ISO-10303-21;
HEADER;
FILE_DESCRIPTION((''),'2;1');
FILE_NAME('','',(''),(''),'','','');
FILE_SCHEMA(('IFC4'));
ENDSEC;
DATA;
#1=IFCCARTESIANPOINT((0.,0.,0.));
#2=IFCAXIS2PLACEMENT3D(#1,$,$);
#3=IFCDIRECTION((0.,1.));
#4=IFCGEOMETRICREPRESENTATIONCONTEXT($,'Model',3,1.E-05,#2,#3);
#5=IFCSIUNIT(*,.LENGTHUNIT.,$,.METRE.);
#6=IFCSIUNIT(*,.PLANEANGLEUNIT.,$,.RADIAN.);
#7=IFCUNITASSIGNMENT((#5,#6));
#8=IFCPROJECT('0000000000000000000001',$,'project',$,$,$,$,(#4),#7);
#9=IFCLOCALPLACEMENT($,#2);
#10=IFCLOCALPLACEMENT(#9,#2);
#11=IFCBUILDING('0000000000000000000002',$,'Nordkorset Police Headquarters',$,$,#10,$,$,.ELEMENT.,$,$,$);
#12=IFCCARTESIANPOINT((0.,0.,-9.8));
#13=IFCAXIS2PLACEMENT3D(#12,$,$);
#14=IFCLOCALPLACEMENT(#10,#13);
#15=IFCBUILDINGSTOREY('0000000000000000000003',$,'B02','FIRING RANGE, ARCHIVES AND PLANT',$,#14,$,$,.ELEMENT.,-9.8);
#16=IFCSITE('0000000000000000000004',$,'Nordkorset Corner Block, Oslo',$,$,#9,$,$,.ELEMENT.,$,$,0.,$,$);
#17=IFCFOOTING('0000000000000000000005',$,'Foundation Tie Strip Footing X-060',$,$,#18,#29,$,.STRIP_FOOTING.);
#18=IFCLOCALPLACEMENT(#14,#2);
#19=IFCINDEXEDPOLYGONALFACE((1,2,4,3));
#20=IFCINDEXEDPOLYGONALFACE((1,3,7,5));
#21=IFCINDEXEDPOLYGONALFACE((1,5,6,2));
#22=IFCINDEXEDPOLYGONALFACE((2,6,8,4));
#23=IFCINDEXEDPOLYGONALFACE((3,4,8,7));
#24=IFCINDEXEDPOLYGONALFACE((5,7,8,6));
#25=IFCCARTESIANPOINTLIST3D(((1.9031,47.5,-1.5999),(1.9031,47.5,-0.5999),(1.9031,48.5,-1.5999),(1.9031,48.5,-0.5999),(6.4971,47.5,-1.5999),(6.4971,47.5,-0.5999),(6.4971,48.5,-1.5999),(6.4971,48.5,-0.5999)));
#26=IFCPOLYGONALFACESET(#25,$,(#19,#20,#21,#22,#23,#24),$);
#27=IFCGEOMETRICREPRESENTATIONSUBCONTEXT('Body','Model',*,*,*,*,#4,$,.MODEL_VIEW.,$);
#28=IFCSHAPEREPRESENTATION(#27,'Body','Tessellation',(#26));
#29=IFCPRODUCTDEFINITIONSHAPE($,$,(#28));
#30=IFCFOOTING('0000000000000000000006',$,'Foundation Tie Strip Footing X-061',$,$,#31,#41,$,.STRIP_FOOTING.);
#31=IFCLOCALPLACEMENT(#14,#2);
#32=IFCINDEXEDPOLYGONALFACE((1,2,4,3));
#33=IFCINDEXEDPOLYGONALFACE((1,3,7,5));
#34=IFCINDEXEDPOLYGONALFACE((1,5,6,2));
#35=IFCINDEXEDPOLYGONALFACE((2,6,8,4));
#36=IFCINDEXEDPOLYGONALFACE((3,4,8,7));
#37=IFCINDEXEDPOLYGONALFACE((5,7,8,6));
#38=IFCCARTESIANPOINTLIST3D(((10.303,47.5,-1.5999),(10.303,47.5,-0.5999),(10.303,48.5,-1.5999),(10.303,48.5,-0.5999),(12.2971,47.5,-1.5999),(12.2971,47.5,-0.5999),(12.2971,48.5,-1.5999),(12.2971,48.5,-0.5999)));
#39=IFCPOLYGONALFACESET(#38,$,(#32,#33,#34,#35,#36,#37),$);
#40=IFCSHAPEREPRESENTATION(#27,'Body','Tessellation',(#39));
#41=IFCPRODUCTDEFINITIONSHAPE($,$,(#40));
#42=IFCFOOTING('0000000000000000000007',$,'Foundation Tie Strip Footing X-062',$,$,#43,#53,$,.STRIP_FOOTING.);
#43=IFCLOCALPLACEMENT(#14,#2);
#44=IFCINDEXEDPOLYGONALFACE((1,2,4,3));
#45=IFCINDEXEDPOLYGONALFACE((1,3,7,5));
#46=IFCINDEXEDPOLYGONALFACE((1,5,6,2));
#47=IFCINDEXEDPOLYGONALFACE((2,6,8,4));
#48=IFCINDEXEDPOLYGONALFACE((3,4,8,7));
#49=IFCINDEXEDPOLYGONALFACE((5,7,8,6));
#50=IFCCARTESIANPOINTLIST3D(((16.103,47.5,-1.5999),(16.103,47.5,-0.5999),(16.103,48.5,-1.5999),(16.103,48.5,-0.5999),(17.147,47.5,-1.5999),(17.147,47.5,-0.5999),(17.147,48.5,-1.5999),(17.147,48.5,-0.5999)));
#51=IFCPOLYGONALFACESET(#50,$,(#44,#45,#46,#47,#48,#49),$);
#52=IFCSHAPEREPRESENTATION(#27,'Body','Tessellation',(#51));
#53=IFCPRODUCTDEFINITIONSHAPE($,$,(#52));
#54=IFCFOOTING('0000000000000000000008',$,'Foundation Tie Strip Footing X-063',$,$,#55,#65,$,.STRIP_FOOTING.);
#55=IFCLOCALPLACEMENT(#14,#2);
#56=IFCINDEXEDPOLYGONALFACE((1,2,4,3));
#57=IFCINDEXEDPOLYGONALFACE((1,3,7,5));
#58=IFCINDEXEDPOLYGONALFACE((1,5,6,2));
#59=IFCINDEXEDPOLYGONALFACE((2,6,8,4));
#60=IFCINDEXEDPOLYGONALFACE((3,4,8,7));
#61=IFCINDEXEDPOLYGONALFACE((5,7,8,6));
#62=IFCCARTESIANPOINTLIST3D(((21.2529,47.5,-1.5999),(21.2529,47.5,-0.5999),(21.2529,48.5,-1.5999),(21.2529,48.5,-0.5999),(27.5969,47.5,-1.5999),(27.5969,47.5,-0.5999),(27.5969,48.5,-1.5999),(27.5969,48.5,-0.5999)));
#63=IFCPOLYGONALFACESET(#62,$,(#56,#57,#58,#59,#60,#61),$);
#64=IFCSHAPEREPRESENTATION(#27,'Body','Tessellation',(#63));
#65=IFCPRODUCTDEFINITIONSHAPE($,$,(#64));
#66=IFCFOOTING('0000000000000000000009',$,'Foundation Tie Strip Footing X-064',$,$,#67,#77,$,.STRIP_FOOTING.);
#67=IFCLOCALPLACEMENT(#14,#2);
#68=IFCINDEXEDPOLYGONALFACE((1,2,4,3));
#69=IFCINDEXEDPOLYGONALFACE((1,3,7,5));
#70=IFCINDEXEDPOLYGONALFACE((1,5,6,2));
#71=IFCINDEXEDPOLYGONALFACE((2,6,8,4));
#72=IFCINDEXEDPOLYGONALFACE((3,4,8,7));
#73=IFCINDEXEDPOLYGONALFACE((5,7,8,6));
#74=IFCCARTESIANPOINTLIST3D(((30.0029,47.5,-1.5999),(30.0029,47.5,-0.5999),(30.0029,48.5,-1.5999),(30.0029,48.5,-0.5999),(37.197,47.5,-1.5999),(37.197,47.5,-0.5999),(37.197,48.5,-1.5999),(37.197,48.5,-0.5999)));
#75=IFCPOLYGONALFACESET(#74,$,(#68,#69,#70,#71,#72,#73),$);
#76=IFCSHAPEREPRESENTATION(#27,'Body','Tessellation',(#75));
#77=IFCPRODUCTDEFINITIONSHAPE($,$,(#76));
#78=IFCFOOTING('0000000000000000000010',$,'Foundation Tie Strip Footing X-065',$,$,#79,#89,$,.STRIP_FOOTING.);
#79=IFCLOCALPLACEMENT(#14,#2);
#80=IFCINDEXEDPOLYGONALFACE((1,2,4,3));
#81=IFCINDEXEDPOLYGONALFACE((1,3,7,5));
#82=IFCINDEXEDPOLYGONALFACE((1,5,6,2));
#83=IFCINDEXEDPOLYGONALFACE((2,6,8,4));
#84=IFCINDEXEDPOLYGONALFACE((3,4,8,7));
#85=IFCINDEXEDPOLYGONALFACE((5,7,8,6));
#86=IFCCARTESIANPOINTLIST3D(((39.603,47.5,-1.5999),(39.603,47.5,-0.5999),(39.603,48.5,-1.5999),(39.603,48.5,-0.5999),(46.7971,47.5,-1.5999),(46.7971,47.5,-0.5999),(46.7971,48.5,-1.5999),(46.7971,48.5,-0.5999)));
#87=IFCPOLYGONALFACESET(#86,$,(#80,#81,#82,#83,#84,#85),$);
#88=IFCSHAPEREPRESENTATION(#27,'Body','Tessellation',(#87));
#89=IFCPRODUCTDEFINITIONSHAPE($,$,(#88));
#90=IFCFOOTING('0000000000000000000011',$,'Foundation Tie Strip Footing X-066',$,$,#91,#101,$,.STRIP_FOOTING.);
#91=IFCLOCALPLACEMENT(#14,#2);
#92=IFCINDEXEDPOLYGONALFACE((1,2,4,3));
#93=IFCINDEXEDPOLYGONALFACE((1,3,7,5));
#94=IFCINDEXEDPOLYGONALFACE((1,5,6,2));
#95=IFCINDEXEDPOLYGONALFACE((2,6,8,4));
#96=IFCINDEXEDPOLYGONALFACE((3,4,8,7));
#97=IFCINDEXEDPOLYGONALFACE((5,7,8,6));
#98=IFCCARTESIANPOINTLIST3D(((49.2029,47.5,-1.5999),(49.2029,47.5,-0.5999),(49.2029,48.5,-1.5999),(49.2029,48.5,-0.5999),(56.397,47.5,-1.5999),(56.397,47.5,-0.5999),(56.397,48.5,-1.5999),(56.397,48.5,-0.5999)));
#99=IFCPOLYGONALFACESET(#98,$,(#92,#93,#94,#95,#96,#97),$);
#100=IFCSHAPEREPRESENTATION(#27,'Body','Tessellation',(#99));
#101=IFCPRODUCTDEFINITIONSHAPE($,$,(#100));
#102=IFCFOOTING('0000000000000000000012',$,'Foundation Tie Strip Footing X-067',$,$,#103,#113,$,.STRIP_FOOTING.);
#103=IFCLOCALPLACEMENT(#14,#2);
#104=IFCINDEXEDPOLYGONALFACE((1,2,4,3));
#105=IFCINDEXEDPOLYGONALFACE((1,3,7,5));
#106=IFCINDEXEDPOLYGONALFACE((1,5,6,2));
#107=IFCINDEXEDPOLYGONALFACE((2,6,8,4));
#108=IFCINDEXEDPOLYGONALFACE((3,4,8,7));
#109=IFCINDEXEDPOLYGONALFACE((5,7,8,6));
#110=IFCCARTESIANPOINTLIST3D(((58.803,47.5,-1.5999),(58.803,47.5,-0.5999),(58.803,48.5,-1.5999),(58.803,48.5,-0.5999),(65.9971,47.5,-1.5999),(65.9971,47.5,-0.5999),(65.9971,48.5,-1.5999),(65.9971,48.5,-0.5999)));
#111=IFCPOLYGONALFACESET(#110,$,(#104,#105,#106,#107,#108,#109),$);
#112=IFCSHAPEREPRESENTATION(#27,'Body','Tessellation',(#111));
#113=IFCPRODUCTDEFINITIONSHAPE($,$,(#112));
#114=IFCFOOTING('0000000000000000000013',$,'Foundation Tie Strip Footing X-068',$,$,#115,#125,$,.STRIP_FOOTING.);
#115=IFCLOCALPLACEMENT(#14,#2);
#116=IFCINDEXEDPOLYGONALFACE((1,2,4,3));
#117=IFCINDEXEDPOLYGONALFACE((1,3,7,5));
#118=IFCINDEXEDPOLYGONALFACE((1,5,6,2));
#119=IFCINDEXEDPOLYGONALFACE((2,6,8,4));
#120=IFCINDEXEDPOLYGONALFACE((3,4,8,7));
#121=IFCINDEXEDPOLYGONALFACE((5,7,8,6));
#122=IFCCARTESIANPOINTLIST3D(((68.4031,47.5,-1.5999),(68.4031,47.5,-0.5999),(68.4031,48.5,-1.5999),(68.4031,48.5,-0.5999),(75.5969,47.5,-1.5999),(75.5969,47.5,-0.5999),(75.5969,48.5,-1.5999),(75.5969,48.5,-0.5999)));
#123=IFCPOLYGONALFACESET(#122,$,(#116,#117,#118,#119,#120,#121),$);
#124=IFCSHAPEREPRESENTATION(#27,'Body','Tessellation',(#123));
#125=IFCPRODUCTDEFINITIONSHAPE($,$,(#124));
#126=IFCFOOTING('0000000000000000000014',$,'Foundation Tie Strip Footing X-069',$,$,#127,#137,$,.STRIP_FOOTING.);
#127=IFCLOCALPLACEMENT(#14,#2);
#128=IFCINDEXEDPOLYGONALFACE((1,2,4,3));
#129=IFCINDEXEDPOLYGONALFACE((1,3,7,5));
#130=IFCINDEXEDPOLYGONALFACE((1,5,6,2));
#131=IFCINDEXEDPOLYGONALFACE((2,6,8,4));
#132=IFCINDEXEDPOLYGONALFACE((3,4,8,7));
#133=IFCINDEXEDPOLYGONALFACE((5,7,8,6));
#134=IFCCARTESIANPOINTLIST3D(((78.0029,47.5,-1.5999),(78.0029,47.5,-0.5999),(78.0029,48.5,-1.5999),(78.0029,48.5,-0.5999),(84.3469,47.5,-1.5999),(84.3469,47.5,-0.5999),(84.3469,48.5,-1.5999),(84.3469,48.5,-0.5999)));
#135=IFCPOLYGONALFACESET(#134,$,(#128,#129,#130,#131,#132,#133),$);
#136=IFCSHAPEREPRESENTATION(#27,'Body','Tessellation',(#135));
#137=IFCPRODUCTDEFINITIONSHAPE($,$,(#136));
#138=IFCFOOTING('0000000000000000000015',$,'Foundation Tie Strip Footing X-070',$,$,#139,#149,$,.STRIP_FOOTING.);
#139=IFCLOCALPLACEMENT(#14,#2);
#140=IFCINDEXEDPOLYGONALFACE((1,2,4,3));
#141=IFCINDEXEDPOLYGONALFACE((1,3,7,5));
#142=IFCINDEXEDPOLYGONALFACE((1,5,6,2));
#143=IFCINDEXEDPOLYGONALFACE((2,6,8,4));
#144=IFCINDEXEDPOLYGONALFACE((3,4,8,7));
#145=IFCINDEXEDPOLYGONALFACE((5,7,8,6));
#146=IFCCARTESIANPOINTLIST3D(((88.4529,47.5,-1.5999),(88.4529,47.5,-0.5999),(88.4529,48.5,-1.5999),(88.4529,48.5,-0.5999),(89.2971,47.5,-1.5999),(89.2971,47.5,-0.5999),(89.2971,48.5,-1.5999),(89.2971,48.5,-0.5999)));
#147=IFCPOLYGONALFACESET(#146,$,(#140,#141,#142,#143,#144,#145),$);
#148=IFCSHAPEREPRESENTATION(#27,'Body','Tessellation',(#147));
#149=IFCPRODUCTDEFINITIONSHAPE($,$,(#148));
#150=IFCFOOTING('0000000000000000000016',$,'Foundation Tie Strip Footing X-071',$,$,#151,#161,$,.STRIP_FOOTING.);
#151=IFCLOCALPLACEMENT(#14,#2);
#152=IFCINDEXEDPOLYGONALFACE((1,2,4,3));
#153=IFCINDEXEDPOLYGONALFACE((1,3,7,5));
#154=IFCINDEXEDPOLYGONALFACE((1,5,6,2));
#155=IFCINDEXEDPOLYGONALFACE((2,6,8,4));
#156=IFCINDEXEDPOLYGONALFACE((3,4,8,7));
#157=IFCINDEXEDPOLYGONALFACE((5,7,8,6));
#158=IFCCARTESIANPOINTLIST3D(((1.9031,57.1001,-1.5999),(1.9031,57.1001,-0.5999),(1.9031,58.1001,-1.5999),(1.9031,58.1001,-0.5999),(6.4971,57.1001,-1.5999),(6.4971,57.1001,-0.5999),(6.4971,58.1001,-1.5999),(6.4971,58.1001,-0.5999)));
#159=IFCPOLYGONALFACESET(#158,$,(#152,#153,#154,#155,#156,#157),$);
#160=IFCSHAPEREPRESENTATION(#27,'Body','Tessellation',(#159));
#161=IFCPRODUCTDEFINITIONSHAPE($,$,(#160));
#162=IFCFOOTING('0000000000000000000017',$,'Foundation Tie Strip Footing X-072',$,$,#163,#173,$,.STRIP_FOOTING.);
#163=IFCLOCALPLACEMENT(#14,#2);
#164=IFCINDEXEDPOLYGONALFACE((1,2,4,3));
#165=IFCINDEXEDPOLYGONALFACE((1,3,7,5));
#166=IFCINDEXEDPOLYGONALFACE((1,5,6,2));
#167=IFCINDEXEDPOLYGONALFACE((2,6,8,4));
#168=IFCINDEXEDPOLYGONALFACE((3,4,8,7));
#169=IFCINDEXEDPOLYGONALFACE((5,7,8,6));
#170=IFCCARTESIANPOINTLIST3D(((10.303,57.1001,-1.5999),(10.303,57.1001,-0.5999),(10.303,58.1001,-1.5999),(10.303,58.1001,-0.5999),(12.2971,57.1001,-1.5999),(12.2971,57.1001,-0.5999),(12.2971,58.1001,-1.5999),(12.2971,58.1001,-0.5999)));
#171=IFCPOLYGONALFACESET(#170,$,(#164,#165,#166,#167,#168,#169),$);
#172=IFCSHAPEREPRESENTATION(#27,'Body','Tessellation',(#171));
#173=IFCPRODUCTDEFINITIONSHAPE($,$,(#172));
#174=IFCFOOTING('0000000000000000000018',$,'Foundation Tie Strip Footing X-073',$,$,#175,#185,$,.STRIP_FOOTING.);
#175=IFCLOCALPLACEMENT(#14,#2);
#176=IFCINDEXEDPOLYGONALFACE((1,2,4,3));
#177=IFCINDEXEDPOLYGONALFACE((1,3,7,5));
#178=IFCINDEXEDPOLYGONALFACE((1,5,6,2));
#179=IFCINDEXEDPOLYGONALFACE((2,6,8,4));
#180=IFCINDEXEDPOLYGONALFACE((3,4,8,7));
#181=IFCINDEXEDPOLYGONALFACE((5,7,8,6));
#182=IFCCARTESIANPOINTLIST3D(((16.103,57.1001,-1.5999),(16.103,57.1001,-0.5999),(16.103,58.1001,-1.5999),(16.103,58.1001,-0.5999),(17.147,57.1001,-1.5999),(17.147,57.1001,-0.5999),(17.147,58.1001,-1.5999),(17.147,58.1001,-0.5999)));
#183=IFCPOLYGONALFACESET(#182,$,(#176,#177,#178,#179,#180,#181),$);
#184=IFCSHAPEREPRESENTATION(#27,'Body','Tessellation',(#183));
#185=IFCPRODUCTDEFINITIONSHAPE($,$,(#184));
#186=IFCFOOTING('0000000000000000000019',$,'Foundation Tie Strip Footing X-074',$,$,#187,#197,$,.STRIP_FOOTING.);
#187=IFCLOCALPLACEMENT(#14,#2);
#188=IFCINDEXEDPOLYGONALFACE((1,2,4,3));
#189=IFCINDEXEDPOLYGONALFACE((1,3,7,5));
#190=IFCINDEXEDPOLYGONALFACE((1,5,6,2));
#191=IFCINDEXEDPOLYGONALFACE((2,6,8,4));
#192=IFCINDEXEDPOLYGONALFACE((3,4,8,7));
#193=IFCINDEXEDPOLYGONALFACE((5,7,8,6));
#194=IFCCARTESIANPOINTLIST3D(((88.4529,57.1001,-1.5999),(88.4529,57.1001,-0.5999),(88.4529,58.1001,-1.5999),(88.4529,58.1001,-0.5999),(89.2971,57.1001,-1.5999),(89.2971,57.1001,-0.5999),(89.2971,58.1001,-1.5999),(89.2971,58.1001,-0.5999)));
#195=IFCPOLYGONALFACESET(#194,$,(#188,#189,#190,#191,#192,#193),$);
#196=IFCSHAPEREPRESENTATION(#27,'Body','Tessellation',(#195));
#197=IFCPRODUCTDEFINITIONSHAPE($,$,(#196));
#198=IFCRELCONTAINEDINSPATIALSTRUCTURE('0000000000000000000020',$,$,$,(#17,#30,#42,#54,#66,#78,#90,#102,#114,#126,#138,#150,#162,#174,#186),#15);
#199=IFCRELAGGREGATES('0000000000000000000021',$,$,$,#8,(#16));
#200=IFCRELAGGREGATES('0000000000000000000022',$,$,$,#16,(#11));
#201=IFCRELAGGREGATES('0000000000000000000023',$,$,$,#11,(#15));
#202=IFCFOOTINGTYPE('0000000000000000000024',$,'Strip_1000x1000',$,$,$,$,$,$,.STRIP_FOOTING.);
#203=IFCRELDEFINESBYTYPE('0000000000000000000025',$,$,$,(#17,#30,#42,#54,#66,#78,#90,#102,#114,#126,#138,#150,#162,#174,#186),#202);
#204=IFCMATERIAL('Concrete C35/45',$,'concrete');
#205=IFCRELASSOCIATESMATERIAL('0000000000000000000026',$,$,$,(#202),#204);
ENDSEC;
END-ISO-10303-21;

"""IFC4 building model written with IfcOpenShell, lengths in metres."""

from ifc_helpers import new_model, si_unit, direction, frame, origin, place, context, subcontext, project, spatial, polyline, outline, extrude, material, type_object, element, save


model = new_model("IFC4")

# Units and contexts
model_context = context("Model", 3, precision=1e-05, world=origin(), true_north=direction((0.0, 1.0)))
body_context = subcontext(model_context, "Body", "Model", "MODEL_VIEW")
ifc_project = project(units=[si_unit("LENGTHUNIT", "METRE"), si_unit("PLANEANGLEUNIT", "RADIAN")], contexts=[model_context])

# Site, building, storey
site_placement = place(None, origin())
site = spatial("IfcSite", under=ifc_project, at=site_placement, Name="Nordkorset Corner Block, Oslo", CompositionType="ELEMENT", RefElevation=0.0)
building_placement = place(site_placement, origin())
building = spatial("IfcBuilding", under=site, at=building_placement, Name="Nordkorset Police Headquarters", CompositionType="ELEMENT")
storey_placement = place(building_placement, frame((0.0, 0.0, -9.8)))
storey = spatial("IfcBuildingStorey", under=building, at=storey_placement, Name="B02", Description="FIRING RANGE, ARCHIVES AND PLANT", CompositionType="ELEMENT", Elevation=-9.8)

# Footings
ifc_material = material(Name="Concrete C35/45", Category="concrete")
footing_type = type_object("IfcFootingType", Name="Strip_1000x1000", PredefinedType="STRIP_FOOTING", material=ifc_material)
footing_1_placement = place(storey_placement, frame((0.0, 0.0, -1.5999)))
element("IfcFooting", 1, at=footing_1_placement, inside=storey, type_object=footing_type, Name="Foundation Tie Strip Footing X-060", PredefinedType="STRIP_FOOTING", context=body_context, shape_type="SweptSolid", body=[
    extrude(outline(polyline([(1.9031, 47.5), (6.4971, 47.5), (6.4971, 48.5), (1.9031, 48.5), (1.9031, 47.5)])), origin(), (0.0, 0.0, 1.0), 1.0),
])
footing_2_placement = place(storey_placement, frame((0.0, 0.0, -1.5999)))
element("IfcFooting", 2, at=footing_2_placement, inside=storey, type_object=footing_type, Name="Foundation Tie Strip Footing X-061", PredefinedType="STRIP_FOOTING", context=body_context, shape_type="SweptSolid", body=[
    extrude(outline(polyline([(10.303, 47.5), (12.2971, 47.5), (12.2971, 48.5), (10.303, 48.5), (10.303, 47.5)])), origin(), (0.0, 0.0, 1.0), 1.0),
])
footing_3_placement = place(storey_placement, frame((0.0, 0.0, -1.5999)))
element("IfcFooting", 3, at=footing_3_placement, inside=storey, type_object=footing_type, Name="Foundation Tie Strip Footing X-062", PredefinedType="STRIP_FOOTING", context=body_context, shape_type="SweptSolid", body=[
    extrude(outline(polyline([(16.103, 47.5), (17.147, 47.5), (17.147, 48.5), (16.103, 48.5), (16.103, 47.5)])), origin(), (0.0, 0.0, 1.0), 1.0),
])
footing_4_placement = place(storey_placement, frame((0.0, 0.0, -1.5999)))
element("IfcFooting", 4, at=footing_4_placement, inside=storey, type_object=footing_type, Name="Foundation Tie Strip Footing X-063", PredefinedType="STRIP_FOOTING", context=body_context, shape_type="SweptSolid", body=[
    extrude(outline(polyline([(21.2529, 47.5), (27.5969, 47.5), (27.5969, 48.5), (21.2529, 48.5), (21.2529, 47.5)])), origin(), (0.0, 0.0, 1.0), 1.0),
])
footing_5_placement = place(storey_placement, frame((0.0, 0.0, -1.5999)))
element("IfcFooting", 5, at=footing_5_placement, inside=storey, type_object=footing_type, Name="Foundation Tie Strip Footing X-064", PredefinedType="STRIP_FOOTING", context=body_context, shape_type="SweptSolid", body=[
    extrude(outline(polyline([(30.0029, 47.5), (37.197, 47.5), (37.197, 48.5), (30.0029, 48.5), (30.0029, 47.5)])), origin(), (0.0, 0.0, 1.0), 1.0),
])
footing_6_placement = place(storey_placement, frame((0.0, 0.0, -1.5999)))
element("IfcFooting", 6, at=footing_6_placement, inside=storey, type_object=footing_type, Name="Foundation Tie Strip Footing X-065", PredefinedType="STRIP_FOOTING", context=body_context, shape_type="SweptSolid", body=[
    extrude(outline(polyline([(39.603, 47.5), (46.7971, 47.5), (46.7971, 48.5), (39.603, 48.5), (39.603, 47.5)])), origin(), (0.0, 0.0, 1.0), 1.0),
])
footing_7_placement = place(storey_placement, frame((0.0, 0.0, -1.5999)))
element("IfcFooting", 7, at=footing_7_placement, inside=storey, type_object=footing_type, Name="Foundation Tie Strip Footing X-066", PredefinedType="STRIP_FOOTING", context=body_context, shape_type="SweptSolid", body=[
    extrude(outline(polyline([(49.2029, 47.5), (56.397, 47.5), (56.397, 48.5), (49.2029, 48.5), (49.2029, 47.5)])), origin(), (0.0, 0.0, 1.0), 1.0),
])
footing_8_placement = place(storey_placement, frame((0.0, 0.0, -1.5999)))
element("IfcFooting", 8, at=footing_8_placement, inside=storey, type_object=footing_type, Name="Foundation Tie Strip Footing X-067", PredefinedType="STRIP_FOOTING", context=body_context, shape_type="SweptSolid", body=[
    extrude(outline(polyline([(58.803, 47.5), (65.9971, 47.5), (65.9971, 48.5), (58.803, 48.5), (58.803, 47.5)])), origin(), (0.0, 0.0, 1.0), 1.0),
])
footing_9_placement = place(storey_placement, frame((0.0, 0.0, -1.5999)))
element("IfcFooting", 9, at=footing_9_placement, inside=storey, type_object=footing_type, Name="Foundation Tie Strip Footing X-068", PredefinedType="STRIP_FOOTING", context=body_context, shape_type="SweptSolid", body=[
    extrude(outline(polyline([(68.4031, 47.5), (75.5969, 47.5), (75.5969, 48.5), (68.4031, 48.5), (68.4031, 47.5)])), origin(), (0.0, 0.0, 1.0), 1.0),
])
footing_10_placement = place(storey_placement, frame((0.0, 0.0, -1.5999)))
element("IfcFooting", 10, at=footing_10_placement, inside=storey, type_object=footing_type, Name="Foundation Tie Strip Footing X-069", PredefinedType="STRIP_FOOTING", context=body_context, shape_type="SweptSolid", body=[
    extrude(outline(polyline([(78.0029, 47.5), (84.3469, 47.5), (84.3469, 48.5), (78.0029, 48.5), (78.0029, 47.5)])), origin(), (0.0, 0.0, 1.0), 1.0),
])
footing_11_placement = place(storey_placement, frame((0.0, 0.0, -1.5999)))
element("IfcFooting", 11, at=footing_11_placement, inside=storey, type_object=footing_type, Name="Foundation Tie Strip Footing X-070", PredefinedType="STRIP_FOOTING", context=body_context, shape_type="SweptSolid", body=[
    extrude(outline(polyline([(88.4529, 47.5), (89.2971, 47.5), (89.2971, 48.5), (88.4529, 48.5), (88.4529, 47.5)])), origin(), (0.0, 0.0, 1.0), 1.0),
])
footing_12_placement = place(storey_placement, frame((0.0, 0.0, -1.5999)))
element("IfcFooting", 12, at=footing_12_placement, inside=storey, type_object=footing_type, Name="Foundation Tie Strip Footing X-071", PredefinedType="STRIP_FOOTING", context=body_context, shape_type="SweptSolid", body=[
    extrude(outline(polyline([(1.9031, 57.1001), (6.4971, 57.1001), (6.4971, 58.1001), (1.9031, 58.1001), (1.9031, 57.1001)])), origin(), (0.0, 0.0, 1.0), 1.0),
])
footing_13_placement = place(storey_placement, frame((0.0, 0.0, -1.5999)))
element("IfcFooting", 13, at=footing_13_placement, inside=storey, type_object=footing_type, Name="Foundation Tie Strip Footing X-072", PredefinedType="STRIP_FOOTING", context=body_context, shape_type="SweptSolid", body=[
    extrude(outline(polyline([(10.303, 57.1001), (12.2971, 57.1001), (12.2971, 58.1001), (10.303, 58.1001), (10.303, 57.1001)])), origin(), (0.0, 0.0, 1.0), 1.0),
])
footing_14_placement = place(storey_placement, frame((0.0, 0.0, -1.5999)))
element("IfcFooting", 14, at=footing_14_placement, inside=storey, type_object=footing_type, Name="Foundation Tie Strip Footing X-073", PredefinedType="STRIP_FOOTING", context=body_context, shape_type="SweptSolid", body=[
    extrude(outline(polyline([(16.103, 57.1001), (17.147, 57.1001), (17.147, 58.1001), (16.103, 58.1001), (16.103, 57.1001)])), origin(), (0.0, 0.0, 1.0), 1.0),
])
footing_15_placement = place(storey_placement, frame((0.0, 0.0, -1.5999)))
element("IfcFooting", 15, at=footing_15_placement, inside=storey, type_object=footing_type, Name="Foundation Tie Strip Footing X-074", PredefinedType="STRIP_FOOTING", context=body_context, shape_type="SweptSolid", body=[
    extrude(outline(polyline([(88.4529, 57.1001), (89.2971, 57.1001), (89.2971, 58.1001), (88.4529, 58.1001), (88.4529, 57.1001)])), origin(), (0.0, 0.0, 1.0), 1.0),
])

save(model, "model.ifc")
